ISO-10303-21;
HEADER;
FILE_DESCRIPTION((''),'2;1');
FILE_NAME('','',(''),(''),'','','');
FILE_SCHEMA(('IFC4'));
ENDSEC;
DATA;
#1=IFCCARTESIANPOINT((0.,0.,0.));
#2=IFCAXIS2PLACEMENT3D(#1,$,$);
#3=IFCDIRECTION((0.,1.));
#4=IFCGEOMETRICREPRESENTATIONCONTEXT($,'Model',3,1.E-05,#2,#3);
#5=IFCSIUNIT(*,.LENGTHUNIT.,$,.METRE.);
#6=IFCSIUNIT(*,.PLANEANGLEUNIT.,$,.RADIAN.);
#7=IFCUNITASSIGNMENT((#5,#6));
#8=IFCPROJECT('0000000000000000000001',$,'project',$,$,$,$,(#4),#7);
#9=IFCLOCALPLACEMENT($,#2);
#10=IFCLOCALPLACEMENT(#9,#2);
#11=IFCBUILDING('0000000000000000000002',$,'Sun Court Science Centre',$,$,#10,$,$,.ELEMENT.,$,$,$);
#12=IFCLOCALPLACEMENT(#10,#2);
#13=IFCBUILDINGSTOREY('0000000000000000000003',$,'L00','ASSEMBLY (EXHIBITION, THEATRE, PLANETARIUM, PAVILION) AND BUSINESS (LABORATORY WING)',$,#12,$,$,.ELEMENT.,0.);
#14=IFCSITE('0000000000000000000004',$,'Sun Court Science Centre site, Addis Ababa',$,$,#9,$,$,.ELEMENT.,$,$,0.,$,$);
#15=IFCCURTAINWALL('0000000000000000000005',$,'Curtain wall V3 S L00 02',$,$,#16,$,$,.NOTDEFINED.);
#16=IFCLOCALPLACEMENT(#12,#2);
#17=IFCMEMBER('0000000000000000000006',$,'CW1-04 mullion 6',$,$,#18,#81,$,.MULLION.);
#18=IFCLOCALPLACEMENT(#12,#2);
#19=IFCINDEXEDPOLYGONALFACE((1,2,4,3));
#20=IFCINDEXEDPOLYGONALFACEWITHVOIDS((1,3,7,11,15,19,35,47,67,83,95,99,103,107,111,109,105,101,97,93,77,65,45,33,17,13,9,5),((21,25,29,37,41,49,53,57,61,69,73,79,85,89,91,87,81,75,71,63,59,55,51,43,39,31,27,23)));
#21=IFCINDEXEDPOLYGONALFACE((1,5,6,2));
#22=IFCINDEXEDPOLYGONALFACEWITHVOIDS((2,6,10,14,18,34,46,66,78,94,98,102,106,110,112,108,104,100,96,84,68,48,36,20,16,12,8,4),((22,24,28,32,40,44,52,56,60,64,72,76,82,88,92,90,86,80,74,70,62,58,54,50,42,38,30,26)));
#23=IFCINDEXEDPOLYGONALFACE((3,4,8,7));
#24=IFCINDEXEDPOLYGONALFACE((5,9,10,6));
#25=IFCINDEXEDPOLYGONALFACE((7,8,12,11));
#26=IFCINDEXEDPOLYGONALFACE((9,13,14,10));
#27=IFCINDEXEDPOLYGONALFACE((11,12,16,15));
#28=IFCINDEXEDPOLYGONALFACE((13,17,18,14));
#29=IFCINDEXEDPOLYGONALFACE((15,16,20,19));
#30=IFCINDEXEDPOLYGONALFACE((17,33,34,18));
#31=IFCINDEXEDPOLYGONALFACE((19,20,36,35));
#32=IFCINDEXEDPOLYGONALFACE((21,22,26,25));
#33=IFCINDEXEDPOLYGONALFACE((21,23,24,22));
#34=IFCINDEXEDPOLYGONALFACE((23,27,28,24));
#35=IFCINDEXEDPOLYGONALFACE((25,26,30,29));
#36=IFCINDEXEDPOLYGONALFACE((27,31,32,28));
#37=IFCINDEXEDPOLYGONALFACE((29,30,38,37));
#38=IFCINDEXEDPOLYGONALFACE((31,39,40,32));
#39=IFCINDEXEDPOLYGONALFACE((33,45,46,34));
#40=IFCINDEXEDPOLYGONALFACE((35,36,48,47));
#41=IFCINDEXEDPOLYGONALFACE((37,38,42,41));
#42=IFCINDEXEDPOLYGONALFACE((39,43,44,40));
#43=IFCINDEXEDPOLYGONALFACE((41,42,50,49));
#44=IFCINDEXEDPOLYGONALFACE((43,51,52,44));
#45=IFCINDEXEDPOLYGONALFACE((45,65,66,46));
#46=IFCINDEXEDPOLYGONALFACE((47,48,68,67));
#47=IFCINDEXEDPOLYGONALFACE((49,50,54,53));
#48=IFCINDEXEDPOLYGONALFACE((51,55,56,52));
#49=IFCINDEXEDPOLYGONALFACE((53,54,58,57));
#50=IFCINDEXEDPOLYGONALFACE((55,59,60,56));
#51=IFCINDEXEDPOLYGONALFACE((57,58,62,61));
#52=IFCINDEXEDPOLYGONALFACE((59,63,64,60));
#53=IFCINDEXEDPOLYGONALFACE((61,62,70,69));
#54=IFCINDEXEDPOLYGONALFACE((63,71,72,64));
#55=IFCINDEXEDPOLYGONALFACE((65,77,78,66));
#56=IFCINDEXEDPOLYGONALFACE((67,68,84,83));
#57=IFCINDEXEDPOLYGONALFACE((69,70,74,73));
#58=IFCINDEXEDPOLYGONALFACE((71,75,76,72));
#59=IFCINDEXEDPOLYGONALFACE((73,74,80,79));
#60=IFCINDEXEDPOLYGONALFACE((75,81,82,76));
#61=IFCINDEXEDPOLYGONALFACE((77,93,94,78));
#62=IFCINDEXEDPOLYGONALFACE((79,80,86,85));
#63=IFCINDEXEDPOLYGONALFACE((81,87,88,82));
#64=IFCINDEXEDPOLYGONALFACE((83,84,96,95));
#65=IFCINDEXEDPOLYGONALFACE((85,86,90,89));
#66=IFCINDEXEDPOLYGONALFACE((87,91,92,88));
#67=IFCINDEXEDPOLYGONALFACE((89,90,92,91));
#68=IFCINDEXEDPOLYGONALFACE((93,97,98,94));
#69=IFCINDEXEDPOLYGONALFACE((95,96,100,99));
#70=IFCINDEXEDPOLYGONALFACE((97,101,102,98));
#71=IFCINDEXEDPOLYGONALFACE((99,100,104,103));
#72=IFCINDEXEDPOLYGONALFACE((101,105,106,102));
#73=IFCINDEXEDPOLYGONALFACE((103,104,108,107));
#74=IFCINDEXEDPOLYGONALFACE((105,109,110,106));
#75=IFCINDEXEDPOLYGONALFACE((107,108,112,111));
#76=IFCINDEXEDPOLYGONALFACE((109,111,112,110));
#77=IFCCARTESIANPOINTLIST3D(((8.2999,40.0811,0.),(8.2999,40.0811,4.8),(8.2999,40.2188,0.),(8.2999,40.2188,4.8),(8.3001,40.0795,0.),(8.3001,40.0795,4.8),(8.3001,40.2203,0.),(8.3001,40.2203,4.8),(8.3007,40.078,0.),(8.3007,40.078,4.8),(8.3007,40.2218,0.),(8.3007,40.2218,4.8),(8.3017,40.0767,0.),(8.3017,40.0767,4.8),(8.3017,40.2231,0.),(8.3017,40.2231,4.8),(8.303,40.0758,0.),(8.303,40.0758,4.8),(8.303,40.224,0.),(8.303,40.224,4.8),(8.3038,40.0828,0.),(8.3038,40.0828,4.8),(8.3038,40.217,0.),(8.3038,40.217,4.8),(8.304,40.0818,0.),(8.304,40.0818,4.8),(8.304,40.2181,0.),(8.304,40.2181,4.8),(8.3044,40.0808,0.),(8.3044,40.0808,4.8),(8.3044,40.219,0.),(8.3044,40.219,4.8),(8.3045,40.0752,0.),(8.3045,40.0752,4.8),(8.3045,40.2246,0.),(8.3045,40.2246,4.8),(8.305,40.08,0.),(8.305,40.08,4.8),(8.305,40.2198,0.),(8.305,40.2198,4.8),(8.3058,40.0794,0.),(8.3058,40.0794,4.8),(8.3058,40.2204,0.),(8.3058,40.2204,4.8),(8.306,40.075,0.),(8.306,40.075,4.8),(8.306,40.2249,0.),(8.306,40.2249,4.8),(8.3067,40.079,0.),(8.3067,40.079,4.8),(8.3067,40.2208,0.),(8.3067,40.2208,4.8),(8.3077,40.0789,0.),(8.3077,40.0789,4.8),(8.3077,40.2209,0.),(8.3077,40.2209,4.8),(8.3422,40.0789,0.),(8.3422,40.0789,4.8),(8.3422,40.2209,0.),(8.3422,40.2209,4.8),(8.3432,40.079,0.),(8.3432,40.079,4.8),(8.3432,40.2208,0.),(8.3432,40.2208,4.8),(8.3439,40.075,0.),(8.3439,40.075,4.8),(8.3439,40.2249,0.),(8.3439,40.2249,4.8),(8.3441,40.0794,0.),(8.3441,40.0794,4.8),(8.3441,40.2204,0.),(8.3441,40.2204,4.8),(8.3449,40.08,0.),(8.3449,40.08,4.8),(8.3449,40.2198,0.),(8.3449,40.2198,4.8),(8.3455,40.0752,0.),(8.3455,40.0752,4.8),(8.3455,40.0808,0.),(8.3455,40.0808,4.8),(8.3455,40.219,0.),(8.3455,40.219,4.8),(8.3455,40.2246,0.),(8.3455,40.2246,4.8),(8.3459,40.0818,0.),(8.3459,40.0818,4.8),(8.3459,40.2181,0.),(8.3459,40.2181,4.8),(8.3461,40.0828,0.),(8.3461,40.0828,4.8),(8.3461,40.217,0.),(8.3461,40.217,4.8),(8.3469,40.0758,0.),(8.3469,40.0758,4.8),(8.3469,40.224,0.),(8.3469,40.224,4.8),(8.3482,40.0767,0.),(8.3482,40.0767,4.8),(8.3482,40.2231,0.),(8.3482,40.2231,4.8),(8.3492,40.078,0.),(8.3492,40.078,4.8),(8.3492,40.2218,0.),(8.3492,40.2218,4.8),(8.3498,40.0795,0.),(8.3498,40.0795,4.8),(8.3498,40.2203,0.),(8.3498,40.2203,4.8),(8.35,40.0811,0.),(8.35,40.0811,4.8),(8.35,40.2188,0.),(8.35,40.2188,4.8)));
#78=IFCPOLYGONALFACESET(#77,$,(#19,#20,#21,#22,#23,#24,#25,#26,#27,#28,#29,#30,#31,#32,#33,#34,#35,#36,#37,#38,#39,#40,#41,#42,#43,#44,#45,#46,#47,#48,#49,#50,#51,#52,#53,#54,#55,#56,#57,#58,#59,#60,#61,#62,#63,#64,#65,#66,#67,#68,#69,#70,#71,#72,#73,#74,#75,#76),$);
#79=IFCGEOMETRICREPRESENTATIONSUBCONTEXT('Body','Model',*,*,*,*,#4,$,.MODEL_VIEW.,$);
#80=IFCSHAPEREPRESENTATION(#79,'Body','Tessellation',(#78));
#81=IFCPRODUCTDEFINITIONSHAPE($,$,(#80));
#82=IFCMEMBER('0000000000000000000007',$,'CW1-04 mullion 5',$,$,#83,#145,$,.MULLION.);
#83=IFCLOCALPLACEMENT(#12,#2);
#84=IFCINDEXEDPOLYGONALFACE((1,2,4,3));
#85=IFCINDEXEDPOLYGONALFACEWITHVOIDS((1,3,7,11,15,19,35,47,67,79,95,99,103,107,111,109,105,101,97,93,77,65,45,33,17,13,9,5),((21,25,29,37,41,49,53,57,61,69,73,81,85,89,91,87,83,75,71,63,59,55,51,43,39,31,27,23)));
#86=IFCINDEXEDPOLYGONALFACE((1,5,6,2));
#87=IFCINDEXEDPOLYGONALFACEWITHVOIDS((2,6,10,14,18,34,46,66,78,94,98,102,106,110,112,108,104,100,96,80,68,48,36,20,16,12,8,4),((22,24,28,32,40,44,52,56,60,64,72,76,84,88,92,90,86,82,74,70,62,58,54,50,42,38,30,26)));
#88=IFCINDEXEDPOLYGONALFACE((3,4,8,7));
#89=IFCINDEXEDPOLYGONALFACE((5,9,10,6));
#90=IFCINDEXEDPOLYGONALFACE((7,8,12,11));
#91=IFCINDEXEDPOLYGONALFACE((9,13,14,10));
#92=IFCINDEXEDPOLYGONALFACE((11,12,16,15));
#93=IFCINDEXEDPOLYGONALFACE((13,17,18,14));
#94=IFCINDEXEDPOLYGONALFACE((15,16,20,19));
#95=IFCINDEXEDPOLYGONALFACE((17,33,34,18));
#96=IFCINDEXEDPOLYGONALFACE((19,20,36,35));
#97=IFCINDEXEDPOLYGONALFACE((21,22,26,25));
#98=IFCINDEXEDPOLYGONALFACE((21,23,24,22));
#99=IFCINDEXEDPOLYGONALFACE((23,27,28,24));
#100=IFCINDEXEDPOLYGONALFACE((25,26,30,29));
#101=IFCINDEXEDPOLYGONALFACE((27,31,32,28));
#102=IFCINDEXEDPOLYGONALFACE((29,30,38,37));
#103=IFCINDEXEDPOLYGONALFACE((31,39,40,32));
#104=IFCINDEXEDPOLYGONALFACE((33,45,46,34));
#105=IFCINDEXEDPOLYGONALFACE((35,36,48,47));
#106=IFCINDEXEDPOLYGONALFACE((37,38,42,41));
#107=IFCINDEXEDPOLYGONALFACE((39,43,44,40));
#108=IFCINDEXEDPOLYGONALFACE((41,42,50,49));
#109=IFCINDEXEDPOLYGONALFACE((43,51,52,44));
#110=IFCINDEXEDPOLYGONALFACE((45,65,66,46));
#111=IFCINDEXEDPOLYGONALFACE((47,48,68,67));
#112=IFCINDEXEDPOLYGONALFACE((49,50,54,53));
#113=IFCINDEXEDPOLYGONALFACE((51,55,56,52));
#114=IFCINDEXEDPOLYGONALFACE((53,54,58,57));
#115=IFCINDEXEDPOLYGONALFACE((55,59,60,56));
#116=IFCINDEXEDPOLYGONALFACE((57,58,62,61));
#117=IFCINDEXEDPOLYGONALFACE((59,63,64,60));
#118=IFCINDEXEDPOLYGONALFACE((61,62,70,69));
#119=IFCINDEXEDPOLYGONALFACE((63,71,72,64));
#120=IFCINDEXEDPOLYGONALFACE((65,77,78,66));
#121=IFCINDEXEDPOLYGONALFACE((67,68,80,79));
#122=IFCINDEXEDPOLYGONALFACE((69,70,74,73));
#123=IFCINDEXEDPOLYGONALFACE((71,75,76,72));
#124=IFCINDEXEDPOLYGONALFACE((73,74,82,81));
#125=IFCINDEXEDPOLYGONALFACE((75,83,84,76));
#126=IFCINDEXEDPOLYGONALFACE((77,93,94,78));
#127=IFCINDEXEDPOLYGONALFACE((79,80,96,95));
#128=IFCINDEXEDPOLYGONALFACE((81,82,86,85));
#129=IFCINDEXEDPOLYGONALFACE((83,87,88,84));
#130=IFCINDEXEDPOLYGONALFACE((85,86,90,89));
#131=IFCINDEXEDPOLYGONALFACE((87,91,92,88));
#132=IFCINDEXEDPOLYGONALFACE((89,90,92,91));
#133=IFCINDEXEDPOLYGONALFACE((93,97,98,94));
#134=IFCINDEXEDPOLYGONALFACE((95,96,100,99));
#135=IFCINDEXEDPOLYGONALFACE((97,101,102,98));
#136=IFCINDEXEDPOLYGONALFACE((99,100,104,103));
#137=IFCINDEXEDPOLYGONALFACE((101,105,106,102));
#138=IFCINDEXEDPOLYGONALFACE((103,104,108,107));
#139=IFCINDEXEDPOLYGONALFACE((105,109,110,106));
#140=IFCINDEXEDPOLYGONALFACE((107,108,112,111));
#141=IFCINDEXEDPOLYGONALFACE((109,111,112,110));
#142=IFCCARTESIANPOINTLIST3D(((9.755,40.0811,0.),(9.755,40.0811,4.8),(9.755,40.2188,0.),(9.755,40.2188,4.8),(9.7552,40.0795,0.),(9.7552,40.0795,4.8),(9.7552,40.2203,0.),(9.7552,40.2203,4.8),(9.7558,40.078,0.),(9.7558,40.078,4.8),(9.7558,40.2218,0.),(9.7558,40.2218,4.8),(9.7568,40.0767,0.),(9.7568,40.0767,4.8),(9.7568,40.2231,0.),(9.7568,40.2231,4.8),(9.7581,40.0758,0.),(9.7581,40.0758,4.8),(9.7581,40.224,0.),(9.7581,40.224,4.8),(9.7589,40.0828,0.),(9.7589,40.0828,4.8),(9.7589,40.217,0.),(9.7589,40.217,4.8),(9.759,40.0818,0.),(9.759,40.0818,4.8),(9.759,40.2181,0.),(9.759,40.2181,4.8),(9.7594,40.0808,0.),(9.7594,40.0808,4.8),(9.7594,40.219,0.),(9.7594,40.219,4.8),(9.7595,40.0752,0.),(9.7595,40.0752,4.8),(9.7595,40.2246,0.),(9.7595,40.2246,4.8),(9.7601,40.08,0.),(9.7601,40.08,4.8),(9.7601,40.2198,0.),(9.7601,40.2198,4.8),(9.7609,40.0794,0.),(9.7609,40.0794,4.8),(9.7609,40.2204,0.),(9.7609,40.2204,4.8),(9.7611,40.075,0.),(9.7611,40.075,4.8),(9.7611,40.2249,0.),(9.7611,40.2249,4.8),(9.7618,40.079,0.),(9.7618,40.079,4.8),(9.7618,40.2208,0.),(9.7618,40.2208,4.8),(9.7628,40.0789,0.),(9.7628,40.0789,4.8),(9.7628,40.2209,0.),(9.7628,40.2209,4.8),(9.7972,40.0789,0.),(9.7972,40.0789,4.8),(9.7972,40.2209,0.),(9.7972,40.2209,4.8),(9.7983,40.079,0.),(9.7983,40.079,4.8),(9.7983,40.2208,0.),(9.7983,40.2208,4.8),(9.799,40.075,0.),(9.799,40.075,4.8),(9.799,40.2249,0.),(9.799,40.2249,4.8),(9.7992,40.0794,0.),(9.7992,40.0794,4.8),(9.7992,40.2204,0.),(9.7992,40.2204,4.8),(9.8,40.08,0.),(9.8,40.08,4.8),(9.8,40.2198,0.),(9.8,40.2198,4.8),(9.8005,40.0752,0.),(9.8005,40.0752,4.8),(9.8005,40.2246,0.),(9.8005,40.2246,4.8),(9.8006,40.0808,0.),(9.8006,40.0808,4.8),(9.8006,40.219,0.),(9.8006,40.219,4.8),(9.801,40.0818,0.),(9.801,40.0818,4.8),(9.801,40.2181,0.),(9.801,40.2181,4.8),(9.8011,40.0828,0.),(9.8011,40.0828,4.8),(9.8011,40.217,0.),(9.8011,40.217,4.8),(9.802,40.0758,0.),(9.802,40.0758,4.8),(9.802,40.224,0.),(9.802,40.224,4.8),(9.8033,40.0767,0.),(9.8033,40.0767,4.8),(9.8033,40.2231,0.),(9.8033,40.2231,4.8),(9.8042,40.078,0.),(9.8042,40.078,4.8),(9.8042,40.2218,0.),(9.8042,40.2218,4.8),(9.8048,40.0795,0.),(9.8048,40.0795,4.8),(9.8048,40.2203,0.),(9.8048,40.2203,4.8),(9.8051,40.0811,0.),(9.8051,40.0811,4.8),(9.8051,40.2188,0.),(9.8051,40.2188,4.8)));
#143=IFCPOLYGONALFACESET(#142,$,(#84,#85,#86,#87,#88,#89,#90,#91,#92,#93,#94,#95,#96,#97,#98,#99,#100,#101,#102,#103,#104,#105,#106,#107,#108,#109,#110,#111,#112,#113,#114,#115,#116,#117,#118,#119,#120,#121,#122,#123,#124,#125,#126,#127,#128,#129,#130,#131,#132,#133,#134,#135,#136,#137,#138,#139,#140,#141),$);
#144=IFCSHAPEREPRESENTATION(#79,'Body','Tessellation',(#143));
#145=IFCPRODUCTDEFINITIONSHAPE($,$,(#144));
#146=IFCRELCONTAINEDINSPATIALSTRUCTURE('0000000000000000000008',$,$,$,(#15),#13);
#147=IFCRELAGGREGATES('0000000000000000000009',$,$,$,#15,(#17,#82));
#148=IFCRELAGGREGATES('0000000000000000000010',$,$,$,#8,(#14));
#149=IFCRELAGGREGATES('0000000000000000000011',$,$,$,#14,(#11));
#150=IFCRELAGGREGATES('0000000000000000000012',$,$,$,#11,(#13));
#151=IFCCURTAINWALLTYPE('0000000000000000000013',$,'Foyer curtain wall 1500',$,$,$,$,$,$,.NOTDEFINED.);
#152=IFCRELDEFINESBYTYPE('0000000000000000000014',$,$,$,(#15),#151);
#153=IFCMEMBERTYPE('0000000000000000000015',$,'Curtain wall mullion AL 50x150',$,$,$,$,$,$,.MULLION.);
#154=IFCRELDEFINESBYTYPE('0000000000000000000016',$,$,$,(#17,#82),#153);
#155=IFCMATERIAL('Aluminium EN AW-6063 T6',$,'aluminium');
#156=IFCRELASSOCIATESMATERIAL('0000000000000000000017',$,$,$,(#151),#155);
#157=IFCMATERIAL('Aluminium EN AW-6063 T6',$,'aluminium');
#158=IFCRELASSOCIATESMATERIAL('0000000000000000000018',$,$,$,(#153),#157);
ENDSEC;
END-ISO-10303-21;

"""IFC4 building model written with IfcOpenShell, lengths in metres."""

from ifc_helpers import new_model, si_unit, direction, frame, origin, origin_2d, place, context, subcontext, project, spatial, hollow_rectangle, extrude, material, material_profile, profile_set, type_object, element, aggregate, save


model = new_model("IFC4")

# Units and contexts
model_context = context("Model", 3, precision=1e-05, world=origin(), true_north=direction((0.0, 1.0)))
body_context = subcontext(model_context, "Body", "Model", "MODEL_VIEW")
ifc_project = project(units=[si_unit("LENGTHUNIT", "METRE"), si_unit("PLANEANGLEUNIT", "RADIAN")], contexts=[model_context])

# Site, building, storey
site_placement = place(None, origin())
site = spatial("IfcSite", under=ifc_project, at=site_placement, Name="Sun Court Science Centre site, Addis Ababa", CompositionType="ELEMENT", RefElevation=0.0)
building_placement = place(site_placement, origin())
building = spatial("IfcBuilding", under=site, at=building_placement, Name="Sun Court Science Centre", CompositionType="ELEMENT")
storey_placement = place(building_placement, origin())
storey = spatial("IfcBuildingStorey", under=building, at=storey_placement, Name="L00", Description="ASSEMBLY (EXHIBITION, THEATRE, PLANETARIUM, PAVILION) AND BUSINESS (LABORATORY WING)", CompositionType="ELEMENT", Elevation=0.0)

# Curtain wall, members
ifc_material_1 = material(Name="Aluminium EN AW-6063 T6", Category="aluminium")
curtain_wall_type = type_object("IfcCurtainWallType", Name="Foyer curtain wall 1500", PredefinedType="NOTDEFINED", material=ifc_material_1)
ifc_material_2 = material(Name="Aluminium EN AW-6063 T6", Category="aluminium")
ifc_material_profile_1 = material_profile(ifc_material_2, hollow_rectangle(XDim=0.05, YDim=0.1499, WallThickness=0.0039, InnerFilletRadius=0.0039, OuterFilletRadius=0.0061, at=origin_2d()), Name="AL 50x150x4")
ifc_profile_set_1 = profile_set([ifc_material_profile_1], Name="Aluminium EN AW-6063 T6")
member_type_1 = type_object("IfcMemberType", Name="Curtain wall mullion AL 50x150", PredefinedType="MULLION", material=ifc_profile_set_1)
curtain_wall_1_placement = place(storey_placement, origin())
curtain_wall_1 = element("IfcCurtainWall", 1, at=curtain_wall_1_placement, inside=storey, type_object=curtain_wall_type, Name="Curtain wall V3 S L00 02", PredefinedType="NOTDEFINED")
member_1_placement = place(storey_placement, frame((8.325, 40.1499, 0.0), z_axis=(0.0, 0.0, 1.0), x_axis=(-1.0, 0.0, 0.0)))
member_1 = element("IfcMember", 2, at=member_1_placement, type_object=member_type_1, Name="CW1-04 mullion 6", PredefinedType="MULLION", context=body_context, shape_type="SweptSolid", body=[
    extrude(hollow_rectangle(XDim=0.05, YDim=0.1499, WallThickness=0.0039, InnerFilletRadius=0.0039, OuterFilletRadius=0.0061, at=origin_2d()), origin(), (0.0, 0.0, 1.0), 4.8),
])
member_2_placement = place(storey_placement, frame((9.78, 40.1499, 0.0), z_axis=(0.0, 0.0, 1.0), x_axis=(-1.0, 0.0, 0.0)))
member_2 = element("IfcMember", 3, at=member_2_placement, type_object=member_type_1, Name="CW1-04 mullion 5", PredefinedType="MULLION", context=body_context, shape_type="SweptSolid", body=[
    extrude(hollow_rectangle(XDim=0.05, YDim=0.1499, WallThickness=0.0039, InnerFilletRadius=0.0039, OuterFilletRadius=0.0061, at=origin_2d()), origin(), (0.0, 0.0, 1.0), 4.8),
])

aggregate(curtain_wall_1, [member_1, member_2])

save(model, "model.ifc")
